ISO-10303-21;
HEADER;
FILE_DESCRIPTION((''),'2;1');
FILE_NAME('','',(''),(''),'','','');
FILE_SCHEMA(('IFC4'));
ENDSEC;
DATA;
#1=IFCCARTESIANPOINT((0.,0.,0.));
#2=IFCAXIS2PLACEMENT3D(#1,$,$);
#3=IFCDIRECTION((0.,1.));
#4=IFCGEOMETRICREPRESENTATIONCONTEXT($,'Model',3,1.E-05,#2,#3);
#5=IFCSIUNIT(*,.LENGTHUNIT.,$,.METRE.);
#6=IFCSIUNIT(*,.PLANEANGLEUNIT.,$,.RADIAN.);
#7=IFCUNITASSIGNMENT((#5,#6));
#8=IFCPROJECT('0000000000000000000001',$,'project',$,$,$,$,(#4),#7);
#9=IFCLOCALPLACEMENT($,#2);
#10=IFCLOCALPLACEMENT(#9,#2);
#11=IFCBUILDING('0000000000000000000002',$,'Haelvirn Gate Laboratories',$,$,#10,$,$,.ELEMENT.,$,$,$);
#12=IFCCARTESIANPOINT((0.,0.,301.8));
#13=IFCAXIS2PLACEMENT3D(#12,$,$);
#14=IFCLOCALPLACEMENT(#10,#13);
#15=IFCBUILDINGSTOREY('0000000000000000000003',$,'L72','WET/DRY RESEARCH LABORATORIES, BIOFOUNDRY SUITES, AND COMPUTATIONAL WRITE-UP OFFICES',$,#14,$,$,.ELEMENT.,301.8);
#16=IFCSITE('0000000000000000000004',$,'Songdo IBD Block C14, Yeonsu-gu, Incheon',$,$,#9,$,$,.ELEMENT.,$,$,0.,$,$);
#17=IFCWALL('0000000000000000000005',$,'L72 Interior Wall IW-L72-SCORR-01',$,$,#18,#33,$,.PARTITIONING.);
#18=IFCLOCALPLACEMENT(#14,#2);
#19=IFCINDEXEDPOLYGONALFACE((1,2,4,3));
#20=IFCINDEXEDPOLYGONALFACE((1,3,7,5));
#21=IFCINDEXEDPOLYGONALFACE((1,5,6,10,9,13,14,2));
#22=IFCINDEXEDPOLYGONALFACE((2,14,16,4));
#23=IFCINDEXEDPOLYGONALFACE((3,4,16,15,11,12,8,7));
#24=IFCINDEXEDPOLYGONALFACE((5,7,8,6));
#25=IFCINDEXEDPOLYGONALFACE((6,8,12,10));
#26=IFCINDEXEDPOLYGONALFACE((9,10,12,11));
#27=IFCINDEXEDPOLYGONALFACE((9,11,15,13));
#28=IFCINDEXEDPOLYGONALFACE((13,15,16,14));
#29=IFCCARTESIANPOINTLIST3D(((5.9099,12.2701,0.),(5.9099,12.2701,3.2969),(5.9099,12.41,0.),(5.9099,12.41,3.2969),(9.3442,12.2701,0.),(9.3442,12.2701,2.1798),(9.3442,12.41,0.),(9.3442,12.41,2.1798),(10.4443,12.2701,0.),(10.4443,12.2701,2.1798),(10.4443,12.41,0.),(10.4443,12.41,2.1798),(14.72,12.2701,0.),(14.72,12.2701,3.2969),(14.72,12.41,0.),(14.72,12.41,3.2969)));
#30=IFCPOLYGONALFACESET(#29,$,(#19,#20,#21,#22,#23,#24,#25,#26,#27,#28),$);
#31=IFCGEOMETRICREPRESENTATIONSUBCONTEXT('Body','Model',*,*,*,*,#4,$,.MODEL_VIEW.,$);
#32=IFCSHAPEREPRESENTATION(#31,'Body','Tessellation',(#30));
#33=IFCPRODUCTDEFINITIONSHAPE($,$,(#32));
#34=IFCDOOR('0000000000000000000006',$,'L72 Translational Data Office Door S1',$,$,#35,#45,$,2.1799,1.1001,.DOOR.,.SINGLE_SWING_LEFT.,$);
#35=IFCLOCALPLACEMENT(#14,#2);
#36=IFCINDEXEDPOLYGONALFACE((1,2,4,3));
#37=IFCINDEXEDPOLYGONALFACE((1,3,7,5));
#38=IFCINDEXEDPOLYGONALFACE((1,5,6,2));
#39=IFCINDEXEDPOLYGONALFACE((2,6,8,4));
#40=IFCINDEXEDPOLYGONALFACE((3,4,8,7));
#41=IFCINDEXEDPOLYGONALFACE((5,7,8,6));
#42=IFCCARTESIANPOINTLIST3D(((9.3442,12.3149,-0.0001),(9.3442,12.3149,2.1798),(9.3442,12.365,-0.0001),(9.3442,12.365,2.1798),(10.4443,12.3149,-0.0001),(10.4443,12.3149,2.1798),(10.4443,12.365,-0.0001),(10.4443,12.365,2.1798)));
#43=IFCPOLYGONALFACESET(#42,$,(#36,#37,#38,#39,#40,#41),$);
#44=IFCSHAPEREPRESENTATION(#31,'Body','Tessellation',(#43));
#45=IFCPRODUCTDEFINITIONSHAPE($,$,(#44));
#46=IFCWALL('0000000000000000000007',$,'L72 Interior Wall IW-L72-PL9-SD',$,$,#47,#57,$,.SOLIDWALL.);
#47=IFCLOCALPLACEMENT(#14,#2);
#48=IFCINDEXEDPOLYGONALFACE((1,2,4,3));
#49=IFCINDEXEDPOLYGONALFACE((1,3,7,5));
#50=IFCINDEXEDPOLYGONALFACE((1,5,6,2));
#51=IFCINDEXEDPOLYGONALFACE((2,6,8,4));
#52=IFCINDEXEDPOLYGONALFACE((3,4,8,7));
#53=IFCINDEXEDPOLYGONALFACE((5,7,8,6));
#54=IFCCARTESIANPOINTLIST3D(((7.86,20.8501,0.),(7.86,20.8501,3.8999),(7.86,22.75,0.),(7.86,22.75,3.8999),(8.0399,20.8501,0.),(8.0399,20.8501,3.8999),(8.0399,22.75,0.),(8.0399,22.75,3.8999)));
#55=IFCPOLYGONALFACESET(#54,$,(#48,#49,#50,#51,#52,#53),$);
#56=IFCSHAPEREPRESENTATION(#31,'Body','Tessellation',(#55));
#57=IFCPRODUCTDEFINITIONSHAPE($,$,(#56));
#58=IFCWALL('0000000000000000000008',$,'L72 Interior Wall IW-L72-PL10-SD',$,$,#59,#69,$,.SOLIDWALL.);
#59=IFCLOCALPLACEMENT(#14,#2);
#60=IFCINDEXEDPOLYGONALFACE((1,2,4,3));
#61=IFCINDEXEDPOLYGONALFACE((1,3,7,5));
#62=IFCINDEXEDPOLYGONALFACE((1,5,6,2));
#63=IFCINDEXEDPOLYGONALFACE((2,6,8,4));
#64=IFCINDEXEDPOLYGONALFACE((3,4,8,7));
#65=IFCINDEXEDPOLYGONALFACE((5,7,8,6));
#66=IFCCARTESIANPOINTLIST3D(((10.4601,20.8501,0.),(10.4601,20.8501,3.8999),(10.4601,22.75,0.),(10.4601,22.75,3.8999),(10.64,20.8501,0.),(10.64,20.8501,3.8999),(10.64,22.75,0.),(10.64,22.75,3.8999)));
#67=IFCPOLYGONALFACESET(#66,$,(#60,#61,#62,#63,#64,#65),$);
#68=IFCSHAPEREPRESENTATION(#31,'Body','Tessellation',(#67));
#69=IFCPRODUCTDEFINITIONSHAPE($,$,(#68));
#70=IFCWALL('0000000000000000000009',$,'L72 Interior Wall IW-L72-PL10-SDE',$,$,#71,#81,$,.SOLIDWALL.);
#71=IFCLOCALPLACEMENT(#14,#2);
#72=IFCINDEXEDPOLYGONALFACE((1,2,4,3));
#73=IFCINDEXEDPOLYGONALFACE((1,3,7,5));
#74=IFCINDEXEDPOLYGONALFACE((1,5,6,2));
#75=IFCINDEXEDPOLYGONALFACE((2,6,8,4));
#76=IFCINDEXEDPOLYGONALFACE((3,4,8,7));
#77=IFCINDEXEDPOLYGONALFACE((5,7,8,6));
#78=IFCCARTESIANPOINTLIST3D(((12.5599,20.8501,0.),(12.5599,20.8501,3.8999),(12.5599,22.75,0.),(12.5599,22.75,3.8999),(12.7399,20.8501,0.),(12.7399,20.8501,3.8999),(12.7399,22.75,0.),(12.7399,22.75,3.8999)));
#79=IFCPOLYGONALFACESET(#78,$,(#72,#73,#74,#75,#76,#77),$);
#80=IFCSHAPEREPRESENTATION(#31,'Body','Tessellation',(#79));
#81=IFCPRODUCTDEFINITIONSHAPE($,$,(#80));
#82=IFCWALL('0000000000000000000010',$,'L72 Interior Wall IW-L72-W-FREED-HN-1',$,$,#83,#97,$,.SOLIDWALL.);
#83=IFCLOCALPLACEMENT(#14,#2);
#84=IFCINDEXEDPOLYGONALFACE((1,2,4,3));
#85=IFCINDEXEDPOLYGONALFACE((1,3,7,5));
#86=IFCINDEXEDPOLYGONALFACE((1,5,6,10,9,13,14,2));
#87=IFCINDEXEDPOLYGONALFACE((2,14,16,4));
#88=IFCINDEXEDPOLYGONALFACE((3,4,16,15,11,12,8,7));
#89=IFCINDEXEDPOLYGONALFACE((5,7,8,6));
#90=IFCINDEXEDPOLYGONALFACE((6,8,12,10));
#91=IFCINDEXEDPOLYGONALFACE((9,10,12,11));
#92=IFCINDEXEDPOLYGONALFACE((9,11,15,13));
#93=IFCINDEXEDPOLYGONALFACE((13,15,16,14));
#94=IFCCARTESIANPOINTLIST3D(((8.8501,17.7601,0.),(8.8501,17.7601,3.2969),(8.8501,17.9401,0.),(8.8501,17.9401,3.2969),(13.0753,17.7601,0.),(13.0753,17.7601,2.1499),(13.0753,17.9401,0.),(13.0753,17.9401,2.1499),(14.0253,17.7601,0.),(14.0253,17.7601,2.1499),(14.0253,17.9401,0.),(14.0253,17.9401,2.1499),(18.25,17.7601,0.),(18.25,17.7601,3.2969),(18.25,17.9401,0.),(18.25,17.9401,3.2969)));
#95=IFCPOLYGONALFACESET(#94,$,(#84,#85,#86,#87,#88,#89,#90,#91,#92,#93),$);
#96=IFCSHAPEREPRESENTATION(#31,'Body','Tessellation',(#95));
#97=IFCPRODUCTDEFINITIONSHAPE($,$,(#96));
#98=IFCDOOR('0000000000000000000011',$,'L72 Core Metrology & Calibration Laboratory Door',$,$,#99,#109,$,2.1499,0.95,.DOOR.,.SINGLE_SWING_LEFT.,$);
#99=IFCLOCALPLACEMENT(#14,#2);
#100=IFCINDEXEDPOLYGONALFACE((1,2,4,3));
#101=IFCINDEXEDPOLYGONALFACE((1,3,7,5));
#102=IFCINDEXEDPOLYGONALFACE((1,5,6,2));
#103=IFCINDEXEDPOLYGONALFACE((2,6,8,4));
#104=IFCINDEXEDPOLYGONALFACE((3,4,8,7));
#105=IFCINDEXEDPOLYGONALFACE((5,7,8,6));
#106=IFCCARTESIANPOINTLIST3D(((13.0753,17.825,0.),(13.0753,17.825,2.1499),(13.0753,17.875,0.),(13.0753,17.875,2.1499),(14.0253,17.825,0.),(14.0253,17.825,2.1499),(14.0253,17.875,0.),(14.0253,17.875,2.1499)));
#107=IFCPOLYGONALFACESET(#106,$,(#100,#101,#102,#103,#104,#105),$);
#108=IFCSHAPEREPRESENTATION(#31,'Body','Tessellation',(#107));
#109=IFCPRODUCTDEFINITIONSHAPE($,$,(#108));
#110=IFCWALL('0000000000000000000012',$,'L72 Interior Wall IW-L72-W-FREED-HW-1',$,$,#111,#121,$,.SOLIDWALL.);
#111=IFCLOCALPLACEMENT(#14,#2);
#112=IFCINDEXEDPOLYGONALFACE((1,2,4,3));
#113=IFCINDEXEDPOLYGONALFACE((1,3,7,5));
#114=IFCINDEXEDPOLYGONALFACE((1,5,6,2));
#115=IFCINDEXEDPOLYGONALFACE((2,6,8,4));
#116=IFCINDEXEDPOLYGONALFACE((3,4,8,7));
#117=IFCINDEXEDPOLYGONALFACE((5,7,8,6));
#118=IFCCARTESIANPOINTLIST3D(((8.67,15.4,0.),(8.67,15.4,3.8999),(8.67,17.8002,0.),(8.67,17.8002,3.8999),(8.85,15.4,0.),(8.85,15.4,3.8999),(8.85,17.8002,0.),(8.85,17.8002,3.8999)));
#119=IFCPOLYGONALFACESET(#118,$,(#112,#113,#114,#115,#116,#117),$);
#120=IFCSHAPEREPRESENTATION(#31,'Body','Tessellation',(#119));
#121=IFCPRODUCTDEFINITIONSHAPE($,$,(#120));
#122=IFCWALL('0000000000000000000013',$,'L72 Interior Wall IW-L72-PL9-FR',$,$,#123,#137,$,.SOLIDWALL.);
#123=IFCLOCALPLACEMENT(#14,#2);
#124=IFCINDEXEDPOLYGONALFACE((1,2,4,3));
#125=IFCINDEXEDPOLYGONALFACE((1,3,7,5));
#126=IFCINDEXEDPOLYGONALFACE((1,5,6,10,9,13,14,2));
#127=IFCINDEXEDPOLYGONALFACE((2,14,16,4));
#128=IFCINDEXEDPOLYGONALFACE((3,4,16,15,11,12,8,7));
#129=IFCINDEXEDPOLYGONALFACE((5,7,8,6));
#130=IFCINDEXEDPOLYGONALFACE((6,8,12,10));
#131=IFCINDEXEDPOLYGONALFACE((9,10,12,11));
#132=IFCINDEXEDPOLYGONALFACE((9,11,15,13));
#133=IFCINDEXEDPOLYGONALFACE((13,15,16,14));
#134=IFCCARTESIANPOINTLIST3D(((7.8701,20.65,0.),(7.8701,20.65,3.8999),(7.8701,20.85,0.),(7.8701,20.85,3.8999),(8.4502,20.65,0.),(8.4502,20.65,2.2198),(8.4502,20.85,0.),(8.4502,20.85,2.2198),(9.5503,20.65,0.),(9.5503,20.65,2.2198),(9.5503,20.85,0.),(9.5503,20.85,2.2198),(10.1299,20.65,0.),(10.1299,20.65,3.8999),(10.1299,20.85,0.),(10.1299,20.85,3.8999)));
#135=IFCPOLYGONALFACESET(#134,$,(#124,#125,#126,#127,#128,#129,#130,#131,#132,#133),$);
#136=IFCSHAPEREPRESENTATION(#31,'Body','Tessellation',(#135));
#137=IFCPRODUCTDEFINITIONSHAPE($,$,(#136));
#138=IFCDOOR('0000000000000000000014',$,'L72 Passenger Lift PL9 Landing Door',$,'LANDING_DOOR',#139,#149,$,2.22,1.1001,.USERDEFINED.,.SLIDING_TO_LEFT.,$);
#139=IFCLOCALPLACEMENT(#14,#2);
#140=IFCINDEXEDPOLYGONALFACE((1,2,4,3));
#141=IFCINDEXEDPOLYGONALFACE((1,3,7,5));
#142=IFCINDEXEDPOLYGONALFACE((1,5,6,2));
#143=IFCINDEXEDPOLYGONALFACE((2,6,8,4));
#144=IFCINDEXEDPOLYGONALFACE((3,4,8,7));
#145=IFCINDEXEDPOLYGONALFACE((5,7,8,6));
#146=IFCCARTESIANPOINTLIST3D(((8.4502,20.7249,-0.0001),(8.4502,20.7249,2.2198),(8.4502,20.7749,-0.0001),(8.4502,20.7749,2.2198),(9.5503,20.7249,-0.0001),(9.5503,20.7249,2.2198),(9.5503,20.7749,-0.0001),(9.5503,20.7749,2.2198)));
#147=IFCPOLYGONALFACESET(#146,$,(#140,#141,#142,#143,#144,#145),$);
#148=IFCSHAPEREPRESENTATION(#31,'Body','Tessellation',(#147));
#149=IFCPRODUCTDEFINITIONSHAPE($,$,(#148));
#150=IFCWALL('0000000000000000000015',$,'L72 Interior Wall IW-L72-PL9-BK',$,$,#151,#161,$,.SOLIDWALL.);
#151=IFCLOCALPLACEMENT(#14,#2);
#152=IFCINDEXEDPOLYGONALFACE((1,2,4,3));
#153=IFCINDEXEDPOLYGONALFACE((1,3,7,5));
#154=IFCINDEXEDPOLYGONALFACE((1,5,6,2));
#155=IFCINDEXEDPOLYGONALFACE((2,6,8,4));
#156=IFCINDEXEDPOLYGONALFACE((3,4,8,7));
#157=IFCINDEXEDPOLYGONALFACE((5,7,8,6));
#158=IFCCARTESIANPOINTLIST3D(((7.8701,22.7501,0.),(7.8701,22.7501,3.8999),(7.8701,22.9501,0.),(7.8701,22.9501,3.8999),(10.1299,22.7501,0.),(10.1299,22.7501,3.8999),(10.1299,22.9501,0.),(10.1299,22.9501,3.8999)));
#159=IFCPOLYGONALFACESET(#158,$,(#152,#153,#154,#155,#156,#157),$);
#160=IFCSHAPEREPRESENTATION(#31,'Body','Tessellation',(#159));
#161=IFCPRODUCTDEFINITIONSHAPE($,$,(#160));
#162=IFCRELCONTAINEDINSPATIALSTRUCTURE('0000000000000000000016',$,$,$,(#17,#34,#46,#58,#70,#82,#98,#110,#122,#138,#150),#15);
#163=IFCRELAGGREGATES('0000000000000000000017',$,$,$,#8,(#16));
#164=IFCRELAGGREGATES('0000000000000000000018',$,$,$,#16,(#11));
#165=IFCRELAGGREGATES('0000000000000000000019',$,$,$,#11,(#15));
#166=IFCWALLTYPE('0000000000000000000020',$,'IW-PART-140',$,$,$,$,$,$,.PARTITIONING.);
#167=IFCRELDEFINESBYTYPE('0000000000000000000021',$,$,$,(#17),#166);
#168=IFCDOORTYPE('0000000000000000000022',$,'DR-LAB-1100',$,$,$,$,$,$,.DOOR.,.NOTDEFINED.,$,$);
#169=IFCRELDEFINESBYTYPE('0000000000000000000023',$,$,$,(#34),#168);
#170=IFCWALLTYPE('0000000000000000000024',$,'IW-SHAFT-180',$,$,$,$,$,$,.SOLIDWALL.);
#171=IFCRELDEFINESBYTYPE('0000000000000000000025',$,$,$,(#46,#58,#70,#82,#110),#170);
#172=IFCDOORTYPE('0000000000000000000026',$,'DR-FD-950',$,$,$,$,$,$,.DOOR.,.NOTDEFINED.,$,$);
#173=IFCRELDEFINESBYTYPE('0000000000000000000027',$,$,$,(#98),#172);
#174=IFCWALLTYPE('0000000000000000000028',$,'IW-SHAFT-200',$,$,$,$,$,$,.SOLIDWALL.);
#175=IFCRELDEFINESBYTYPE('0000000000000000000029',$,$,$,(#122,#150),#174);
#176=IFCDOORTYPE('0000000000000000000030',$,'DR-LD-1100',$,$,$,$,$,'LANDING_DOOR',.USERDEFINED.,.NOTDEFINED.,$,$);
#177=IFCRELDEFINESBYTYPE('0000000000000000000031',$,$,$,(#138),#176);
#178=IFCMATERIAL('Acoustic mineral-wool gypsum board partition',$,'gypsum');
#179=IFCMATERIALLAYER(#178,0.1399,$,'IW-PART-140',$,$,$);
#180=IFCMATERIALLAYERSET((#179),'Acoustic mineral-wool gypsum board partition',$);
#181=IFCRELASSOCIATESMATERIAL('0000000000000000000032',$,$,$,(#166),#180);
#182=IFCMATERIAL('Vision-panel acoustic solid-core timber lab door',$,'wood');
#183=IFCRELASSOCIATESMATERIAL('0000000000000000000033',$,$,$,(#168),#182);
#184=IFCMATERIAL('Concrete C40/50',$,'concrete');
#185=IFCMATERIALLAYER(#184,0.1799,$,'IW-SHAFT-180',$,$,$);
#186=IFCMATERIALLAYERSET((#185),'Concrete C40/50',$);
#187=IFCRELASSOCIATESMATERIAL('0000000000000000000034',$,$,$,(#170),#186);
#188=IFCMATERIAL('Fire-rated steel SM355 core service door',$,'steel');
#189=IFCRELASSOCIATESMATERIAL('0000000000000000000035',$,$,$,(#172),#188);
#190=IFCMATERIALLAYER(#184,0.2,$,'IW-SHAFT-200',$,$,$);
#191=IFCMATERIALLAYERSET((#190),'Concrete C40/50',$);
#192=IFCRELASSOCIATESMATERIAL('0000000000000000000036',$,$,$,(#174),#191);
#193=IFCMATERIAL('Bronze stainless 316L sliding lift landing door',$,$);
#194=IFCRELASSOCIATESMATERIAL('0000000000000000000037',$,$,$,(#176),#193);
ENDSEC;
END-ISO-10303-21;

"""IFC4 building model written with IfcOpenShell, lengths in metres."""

from ifc_helpers import new_model, si_unit, direction, frame, frame_2d, origin, place, context, subcontext, project, spatial, rectangle, extrude, source, transform, mapped, material, layer, layer_set, type_object, type_shapes, element, fill, save


model = new_model("IFC4")

# Units and contexts
model_context = context("Model", 3, precision=1e-05, world=origin(), true_north=direction((0.0, 1.0)))
body_context = subcontext(model_context, "Body", "Model", "MODEL_VIEW")
ifc_project = project(units=[si_unit("LENGTHUNIT", "METRE"), si_unit("PLANEANGLEUNIT", "RADIAN")], contexts=[model_context])

# Site, building, storey
site_placement = place(None, origin())
site = spatial("IfcSite", under=ifc_project, at=site_placement, Name="Songdo IBD Block C14, Yeonsu-gu, Incheon", CompositionType="ELEMENT", RefElevation=0.0)
building_placement = place(site_placement, origin())
building = spatial("IfcBuilding", under=site, at=building_placement, Name="Haelvirn Gate Laboratories", CompositionType="ELEMENT")
storey_placement = place(building_placement, frame((0.0, 0.0, 301.8)))
storey = spatial("IfcBuildingStorey", under=building, at=storey_placement, Name="L72", Description="WET/DRY RESEARCH LABORATORIES, BIOFOUNDRY SUITES, AND COMPUTATIONAL WRITE-UP OFFICES", CompositionType="ELEMENT", Elevation=301.8)

# Wall, opening, door
ifc_material_1 = material(Name="Acoustic mineral-wool gypsum board partition", Category="gypsum")
ifc_layer_1 = layer(ifc_material_1, 0.1399, Name="IW-PART-140")
ifc_layer_set_1 = layer_set([ifc_layer_1], Name="Acoustic mineral-wool gypsum board partition")
wall_type_1 = type_object("IfcWallType", Name="IW-PART-140", PredefinedType="PARTITIONING", material=ifc_layer_set_1)
wall_1_placement = place(storey_placement, frame((5.9099, 12.3401, 0.0), z_axis=(0.0, 0.0, 1.0), x_axis=(1.0, 0.0, 0.0)))
wall_1 = element("IfcWall", 1, at=wall_1_placement, inside=storey, type_object=wall_type_1, Name="L72 Interior Wall IW-L72-SCORR-01", PredefinedType="PARTITIONING", context=body_context, shape_type="SweptSolid", body=[
    extrude(rectangle(XDim=8.8101, YDim=0.1399, at=frame_2d((4.405, 0.0))), origin(), (0.0, 0.0, 1.0), 3.2969),
])
opening_1_placement = place(wall_1_placement, frame((3.4343, 0.0, 0.0)))
opening_1 = element("IfcOpeningElement", 2, at=opening_1_placement, cuts=wall_1, PredefinedType="OPENING", context=body_context, shape_type="SweptSolid", body=[
    extrude(rectangle(XDim=1.1001, YDim=2.1799, at=frame_2d((0.55, 1.0898))), frame((0.0, 0.0801, 0.0), z_axis=(0.0, -1.0, 0.0), x_axis=(1.0, 0.0, 0.0)), (0.0, 0.0, 1.0), 0.1599),
])
ifc_material_2 = material(Name="Vision-panel acoustic solid-core timber lab door", Category="wood")
door_type_1 = type_object("IfcDoorType", Name="DR-LAB-1100", OperationType="NOTDEFINED", PredefinedType="DOOR", material=ifc_material_2)
shared_shape_1 = source(origin(), body_context, "Body", "SweptSolid", [
    extrude(rectangle(XDim=1.1001, YDim=2.1799, at=frame_2d((0.55, 1.0898))), frame((0.0, 0.0249, 0.0), z_axis=(0.0, -1.0, 0.0), x_axis=(1.0, 0.0, 0.0)), (0.0, 0.0, 1.0), 0.05),
])
type_shapes(door_type_1, [shared_shape_1])
door_1_placement = place(opening_1_placement, origin())
door_1 = element("IfcDoor", 3, at=door_1_placement, inside=storey, type_object=door_type_1, Name="L72 Translational Data Office Door S1", OperationType="SINGLE_SWING_LEFT", OverallHeight=2.1799, OverallWidth=1.1001, PredefinedType="DOOR", context=body_context, shape_type="MappedRepresentation", body=[
    mapped(shared_shape_1, transform((0.0, 0.0, 0.0), scale=1.0)),
])
fill(opening_1, door_1)

# Walls
ifc_material_3 = material(Name="Concrete C40/50", Category="concrete")
ifc_layer_2 = layer(ifc_material_3, 0.1799, Name="IW-SHAFT-180")
ifc_layer_set_2 = layer_set([ifc_layer_2], Name="Concrete C40/50")
wall_type_2 = type_object("IfcWallType", Name="IW-SHAFT-180", PredefinedType="SOLIDWALL", material=ifc_layer_set_2)
for number, where, z_axis, x_axis, name in (
    (4, (7.95, 20.8501, 0.0), (0.0, 0.0, 1.0), (0.0, 1.0, 0.0), "L72 Interior Wall IW-L72-PL9-SD"),
    (5, (10.55, 20.8501, 0.0), (0.0, 0.0, 1.0), (0.0, 1.0, 0.0), "L72 Interior Wall IW-L72-PL10-SD"),
    (6, (12.6499, 20.8501, 0.0), (0.0, 0.0, 1.0), (0.0, 1.0, 0.0), "L72 Interior Wall IW-L72-PL10-SDE"),
):
    element("IfcWall", number, at=place(storey_placement, frame(where, z_axis=z_axis, x_axis=x_axis)), inside=storey, type_object=wall_type_2, Name=name, PredefinedType="SOLIDWALL", context=body_context, shape_type="SweptSolid", body=[
        extrude(rectangle(XDim=1.8999, YDim=0.1799, at=frame_2d((0.95, 0.0))), origin(), (0.0, 0.0, 1.0), 3.8999),
    ])

# Wall, opening, door
wall_2_placement = place(storey_placement, frame((8.8501, 17.8501, 0.0), z_axis=(0.0, 0.0, 1.0), x_axis=(1.0, 0.0, 0.0)))
wall_2 = element("IfcWall", 7, at=wall_2_placement, inside=storey, type_object=wall_type_2, Name="L72 Interior Wall IW-L72-W-FREED-HN-1", PredefinedType="SOLIDWALL", context=body_context, shape_type="SweptSolid", body=[
    extrude(rectangle(XDim=9.3999, YDim=0.1799, at=frame_2d((4.7, 0.0))), origin(), (0.0, 0.0, 1.0), 3.2969),
])
opening_2_placement = place(wall_2_placement, frame((4.2251, 0.0, 0.0)))
opening_2 = element("IfcOpeningElement", 8, at=opening_2_placement, cuts=wall_2, PredefinedType="OPENING", context=body_context, shape_type="SweptSolid", body=[
    extrude(rectangle(XDim=0.95, YDim=2.1499, at=frame_2d((0.4751, 1.075))), frame((0.0, 0.1001, 0.0), z_axis=(0.0, -1.0, 0.0), x_axis=(1.0, 0.0, 0.0)), (0.0, 0.0, 1.0), 0.2),
])
ifc_material_4 = material(Name="Fire-rated steel SM355 core service door", Category="steel")
door_type_2 = type_object("IfcDoorType", Name="DR-FD-950", OperationType="NOTDEFINED", PredefinedType="DOOR", material=ifc_material_4)
shared_shape_2 = source(origin(), body_context, "Body", "SweptSolid", [
    extrude(rectangle(XDim=0.95, YDim=2.1499, at=frame_2d((0.4751, 1.075))), frame((0.0, 0.0249, 0.0), z_axis=(0.0, -1.0, 0.0), x_axis=(1.0, 0.0, 0.0)), (0.0, 0.0, 1.0), 0.05),
])
type_shapes(door_type_2, [shared_shape_2])
door_2_placement = place(opening_2_placement, origin())
door_2 = element("IfcDoor", 9, at=door_2_placement, inside=storey, type_object=door_type_2, Name="L72 Core Metrology & Calibration Laboratory Door", OperationType="SINGLE_SWING_LEFT", OverallHeight=2.1499, OverallWidth=0.95, PredefinedType="DOOR", context=body_context, shape_type="MappedRepresentation", body=[
    mapped(shared_shape_2, transform((0.0, 0.0, 0.0), scale=1.0)),
])
fill(opening_2, door_2)

# Wall
wall_3_placement = place(storey_placement, frame((8.76, 15.3999, 0.0), z_axis=(0.0, 0.0, 1.0), x_axis=(0.0, 1.0, 0.0)))
element("IfcWall", 10, at=wall_3_placement, inside=storey, type_object=wall_type_2, Name="L72 Interior Wall IW-L72-W-FREED-HW-1", PredefinedType="SOLIDWALL", context=body_context, shape_type="SweptSolid", body=[
    extrude(rectangle(XDim=2.4001, YDim=0.1799, at=frame_2d((1.2002, 0.0))), origin(), (0.0, 0.0, 1.0), 3.8999),
])

# Wall, opening, door
ifc_layer_3 = layer(ifc_material_3, 0.2, Name="IW-SHAFT-200")
ifc_layer_set_3 = layer_set([ifc_layer_3], Name="Concrete C40/50")
wall_type_3 = type_object("IfcWallType", Name="IW-SHAFT-200", PredefinedType="SOLIDWALL", material=ifc_layer_set_3)
wall_4_placement = place(storey_placement, frame((7.8701, 20.75, 0.0), z_axis=(0.0, 0.0, 1.0), x_axis=(1.0, 0.0, 0.0)))
wall_4 = element("IfcWall", 11, at=wall_4_placement, inside=storey, type_object=wall_type_3, Name="L72 Interior Wall IW-L72-PL9-FR", PredefinedType="SOLIDWALL", context=body_context, shape_type="SweptSolid", body=[
    extrude(rectangle(XDim=2.2598, YDim=0.2, at=frame_2d((1.1299, 0.0))), origin(), (0.0, 0.0, 1.0), 3.8999),
])
opening_3_placement = place(wall_4_placement, frame((0.5801, 0.0, 0.0)))
opening_3 = element("IfcOpeningElement", 12, at=opening_3_placement, cuts=wall_4, PredefinedType="OPENING", context=body_context, shape_type="SweptSolid", body=[
    extrude(rectangle(XDim=1.1001, YDim=2.22, at=frame_2d((0.55, 1.1099))), frame((0.0, 0.1099, 0.0), z_axis=(0.0, -1.0, 0.0), x_axis=(1.0, 0.0, 0.0)), (0.0, 0.0, 1.0), 0.22),
])
ifc_material_5 = material(Name="Bronze stainless 316L sliding lift landing door")
door_type_3 = type_object("IfcDoorType", Name="DR-LD-1100", ElementType="LANDING_DOOR", OperationType="NOTDEFINED", PredefinedType="USERDEFINED", material=ifc_material_5)
shared_shape_3 = source(origin(), body_context, "Body", "SweptSolid", [
    extrude(rectangle(XDim=1.1001, YDim=2.22, at=frame_2d((0.55, 1.1099))), frame((0.0, 0.0249, 0.0), z_axis=(0.0, -1.0, 0.0), x_axis=(1.0, 0.0, 0.0)), (0.0, 0.0, 1.0), 0.05),
])
type_shapes(door_type_3, [shared_shape_3])
door_3_placement = place(opening_3_placement, origin())
door_3 = element("IfcDoor", 13, at=door_3_placement, inside=storey, type_object=door_type_3, Name="L72 Passenger Lift PL9 Landing Door", ObjectType="LANDING_DOOR", OperationType="SLIDING_TO_LEFT", OverallHeight=2.22, OverallWidth=1.1001, PredefinedType="USERDEFINED", context=body_context, shape_type="MappedRepresentation", body=[
    mapped(shared_shape_3, transform((0.0, 0.0, 0.0), scale=1.0)),
])
fill(opening_3, door_3)

# Wall
wall_5_placement = place(storey_placement, frame((7.8701, 22.8501, 0.0), z_axis=(0.0, 0.0, 1.0), x_axis=(1.0, 0.0, 0.0)))
element("IfcWall", 14, at=wall_5_placement, inside=storey, type_object=wall_type_3, Name="L72 Interior Wall IW-L72-PL9-BK", PredefinedType="SOLIDWALL", context=body_context, shape_type="SweptSolid", body=[
    extrude(rectangle(XDim=2.2598, YDim=0.2, at=frame_2d((1.1299, 0.0))), origin(), (0.0, 0.0, 1.0), 3.8999),
])

save(model, "model.ifc")
